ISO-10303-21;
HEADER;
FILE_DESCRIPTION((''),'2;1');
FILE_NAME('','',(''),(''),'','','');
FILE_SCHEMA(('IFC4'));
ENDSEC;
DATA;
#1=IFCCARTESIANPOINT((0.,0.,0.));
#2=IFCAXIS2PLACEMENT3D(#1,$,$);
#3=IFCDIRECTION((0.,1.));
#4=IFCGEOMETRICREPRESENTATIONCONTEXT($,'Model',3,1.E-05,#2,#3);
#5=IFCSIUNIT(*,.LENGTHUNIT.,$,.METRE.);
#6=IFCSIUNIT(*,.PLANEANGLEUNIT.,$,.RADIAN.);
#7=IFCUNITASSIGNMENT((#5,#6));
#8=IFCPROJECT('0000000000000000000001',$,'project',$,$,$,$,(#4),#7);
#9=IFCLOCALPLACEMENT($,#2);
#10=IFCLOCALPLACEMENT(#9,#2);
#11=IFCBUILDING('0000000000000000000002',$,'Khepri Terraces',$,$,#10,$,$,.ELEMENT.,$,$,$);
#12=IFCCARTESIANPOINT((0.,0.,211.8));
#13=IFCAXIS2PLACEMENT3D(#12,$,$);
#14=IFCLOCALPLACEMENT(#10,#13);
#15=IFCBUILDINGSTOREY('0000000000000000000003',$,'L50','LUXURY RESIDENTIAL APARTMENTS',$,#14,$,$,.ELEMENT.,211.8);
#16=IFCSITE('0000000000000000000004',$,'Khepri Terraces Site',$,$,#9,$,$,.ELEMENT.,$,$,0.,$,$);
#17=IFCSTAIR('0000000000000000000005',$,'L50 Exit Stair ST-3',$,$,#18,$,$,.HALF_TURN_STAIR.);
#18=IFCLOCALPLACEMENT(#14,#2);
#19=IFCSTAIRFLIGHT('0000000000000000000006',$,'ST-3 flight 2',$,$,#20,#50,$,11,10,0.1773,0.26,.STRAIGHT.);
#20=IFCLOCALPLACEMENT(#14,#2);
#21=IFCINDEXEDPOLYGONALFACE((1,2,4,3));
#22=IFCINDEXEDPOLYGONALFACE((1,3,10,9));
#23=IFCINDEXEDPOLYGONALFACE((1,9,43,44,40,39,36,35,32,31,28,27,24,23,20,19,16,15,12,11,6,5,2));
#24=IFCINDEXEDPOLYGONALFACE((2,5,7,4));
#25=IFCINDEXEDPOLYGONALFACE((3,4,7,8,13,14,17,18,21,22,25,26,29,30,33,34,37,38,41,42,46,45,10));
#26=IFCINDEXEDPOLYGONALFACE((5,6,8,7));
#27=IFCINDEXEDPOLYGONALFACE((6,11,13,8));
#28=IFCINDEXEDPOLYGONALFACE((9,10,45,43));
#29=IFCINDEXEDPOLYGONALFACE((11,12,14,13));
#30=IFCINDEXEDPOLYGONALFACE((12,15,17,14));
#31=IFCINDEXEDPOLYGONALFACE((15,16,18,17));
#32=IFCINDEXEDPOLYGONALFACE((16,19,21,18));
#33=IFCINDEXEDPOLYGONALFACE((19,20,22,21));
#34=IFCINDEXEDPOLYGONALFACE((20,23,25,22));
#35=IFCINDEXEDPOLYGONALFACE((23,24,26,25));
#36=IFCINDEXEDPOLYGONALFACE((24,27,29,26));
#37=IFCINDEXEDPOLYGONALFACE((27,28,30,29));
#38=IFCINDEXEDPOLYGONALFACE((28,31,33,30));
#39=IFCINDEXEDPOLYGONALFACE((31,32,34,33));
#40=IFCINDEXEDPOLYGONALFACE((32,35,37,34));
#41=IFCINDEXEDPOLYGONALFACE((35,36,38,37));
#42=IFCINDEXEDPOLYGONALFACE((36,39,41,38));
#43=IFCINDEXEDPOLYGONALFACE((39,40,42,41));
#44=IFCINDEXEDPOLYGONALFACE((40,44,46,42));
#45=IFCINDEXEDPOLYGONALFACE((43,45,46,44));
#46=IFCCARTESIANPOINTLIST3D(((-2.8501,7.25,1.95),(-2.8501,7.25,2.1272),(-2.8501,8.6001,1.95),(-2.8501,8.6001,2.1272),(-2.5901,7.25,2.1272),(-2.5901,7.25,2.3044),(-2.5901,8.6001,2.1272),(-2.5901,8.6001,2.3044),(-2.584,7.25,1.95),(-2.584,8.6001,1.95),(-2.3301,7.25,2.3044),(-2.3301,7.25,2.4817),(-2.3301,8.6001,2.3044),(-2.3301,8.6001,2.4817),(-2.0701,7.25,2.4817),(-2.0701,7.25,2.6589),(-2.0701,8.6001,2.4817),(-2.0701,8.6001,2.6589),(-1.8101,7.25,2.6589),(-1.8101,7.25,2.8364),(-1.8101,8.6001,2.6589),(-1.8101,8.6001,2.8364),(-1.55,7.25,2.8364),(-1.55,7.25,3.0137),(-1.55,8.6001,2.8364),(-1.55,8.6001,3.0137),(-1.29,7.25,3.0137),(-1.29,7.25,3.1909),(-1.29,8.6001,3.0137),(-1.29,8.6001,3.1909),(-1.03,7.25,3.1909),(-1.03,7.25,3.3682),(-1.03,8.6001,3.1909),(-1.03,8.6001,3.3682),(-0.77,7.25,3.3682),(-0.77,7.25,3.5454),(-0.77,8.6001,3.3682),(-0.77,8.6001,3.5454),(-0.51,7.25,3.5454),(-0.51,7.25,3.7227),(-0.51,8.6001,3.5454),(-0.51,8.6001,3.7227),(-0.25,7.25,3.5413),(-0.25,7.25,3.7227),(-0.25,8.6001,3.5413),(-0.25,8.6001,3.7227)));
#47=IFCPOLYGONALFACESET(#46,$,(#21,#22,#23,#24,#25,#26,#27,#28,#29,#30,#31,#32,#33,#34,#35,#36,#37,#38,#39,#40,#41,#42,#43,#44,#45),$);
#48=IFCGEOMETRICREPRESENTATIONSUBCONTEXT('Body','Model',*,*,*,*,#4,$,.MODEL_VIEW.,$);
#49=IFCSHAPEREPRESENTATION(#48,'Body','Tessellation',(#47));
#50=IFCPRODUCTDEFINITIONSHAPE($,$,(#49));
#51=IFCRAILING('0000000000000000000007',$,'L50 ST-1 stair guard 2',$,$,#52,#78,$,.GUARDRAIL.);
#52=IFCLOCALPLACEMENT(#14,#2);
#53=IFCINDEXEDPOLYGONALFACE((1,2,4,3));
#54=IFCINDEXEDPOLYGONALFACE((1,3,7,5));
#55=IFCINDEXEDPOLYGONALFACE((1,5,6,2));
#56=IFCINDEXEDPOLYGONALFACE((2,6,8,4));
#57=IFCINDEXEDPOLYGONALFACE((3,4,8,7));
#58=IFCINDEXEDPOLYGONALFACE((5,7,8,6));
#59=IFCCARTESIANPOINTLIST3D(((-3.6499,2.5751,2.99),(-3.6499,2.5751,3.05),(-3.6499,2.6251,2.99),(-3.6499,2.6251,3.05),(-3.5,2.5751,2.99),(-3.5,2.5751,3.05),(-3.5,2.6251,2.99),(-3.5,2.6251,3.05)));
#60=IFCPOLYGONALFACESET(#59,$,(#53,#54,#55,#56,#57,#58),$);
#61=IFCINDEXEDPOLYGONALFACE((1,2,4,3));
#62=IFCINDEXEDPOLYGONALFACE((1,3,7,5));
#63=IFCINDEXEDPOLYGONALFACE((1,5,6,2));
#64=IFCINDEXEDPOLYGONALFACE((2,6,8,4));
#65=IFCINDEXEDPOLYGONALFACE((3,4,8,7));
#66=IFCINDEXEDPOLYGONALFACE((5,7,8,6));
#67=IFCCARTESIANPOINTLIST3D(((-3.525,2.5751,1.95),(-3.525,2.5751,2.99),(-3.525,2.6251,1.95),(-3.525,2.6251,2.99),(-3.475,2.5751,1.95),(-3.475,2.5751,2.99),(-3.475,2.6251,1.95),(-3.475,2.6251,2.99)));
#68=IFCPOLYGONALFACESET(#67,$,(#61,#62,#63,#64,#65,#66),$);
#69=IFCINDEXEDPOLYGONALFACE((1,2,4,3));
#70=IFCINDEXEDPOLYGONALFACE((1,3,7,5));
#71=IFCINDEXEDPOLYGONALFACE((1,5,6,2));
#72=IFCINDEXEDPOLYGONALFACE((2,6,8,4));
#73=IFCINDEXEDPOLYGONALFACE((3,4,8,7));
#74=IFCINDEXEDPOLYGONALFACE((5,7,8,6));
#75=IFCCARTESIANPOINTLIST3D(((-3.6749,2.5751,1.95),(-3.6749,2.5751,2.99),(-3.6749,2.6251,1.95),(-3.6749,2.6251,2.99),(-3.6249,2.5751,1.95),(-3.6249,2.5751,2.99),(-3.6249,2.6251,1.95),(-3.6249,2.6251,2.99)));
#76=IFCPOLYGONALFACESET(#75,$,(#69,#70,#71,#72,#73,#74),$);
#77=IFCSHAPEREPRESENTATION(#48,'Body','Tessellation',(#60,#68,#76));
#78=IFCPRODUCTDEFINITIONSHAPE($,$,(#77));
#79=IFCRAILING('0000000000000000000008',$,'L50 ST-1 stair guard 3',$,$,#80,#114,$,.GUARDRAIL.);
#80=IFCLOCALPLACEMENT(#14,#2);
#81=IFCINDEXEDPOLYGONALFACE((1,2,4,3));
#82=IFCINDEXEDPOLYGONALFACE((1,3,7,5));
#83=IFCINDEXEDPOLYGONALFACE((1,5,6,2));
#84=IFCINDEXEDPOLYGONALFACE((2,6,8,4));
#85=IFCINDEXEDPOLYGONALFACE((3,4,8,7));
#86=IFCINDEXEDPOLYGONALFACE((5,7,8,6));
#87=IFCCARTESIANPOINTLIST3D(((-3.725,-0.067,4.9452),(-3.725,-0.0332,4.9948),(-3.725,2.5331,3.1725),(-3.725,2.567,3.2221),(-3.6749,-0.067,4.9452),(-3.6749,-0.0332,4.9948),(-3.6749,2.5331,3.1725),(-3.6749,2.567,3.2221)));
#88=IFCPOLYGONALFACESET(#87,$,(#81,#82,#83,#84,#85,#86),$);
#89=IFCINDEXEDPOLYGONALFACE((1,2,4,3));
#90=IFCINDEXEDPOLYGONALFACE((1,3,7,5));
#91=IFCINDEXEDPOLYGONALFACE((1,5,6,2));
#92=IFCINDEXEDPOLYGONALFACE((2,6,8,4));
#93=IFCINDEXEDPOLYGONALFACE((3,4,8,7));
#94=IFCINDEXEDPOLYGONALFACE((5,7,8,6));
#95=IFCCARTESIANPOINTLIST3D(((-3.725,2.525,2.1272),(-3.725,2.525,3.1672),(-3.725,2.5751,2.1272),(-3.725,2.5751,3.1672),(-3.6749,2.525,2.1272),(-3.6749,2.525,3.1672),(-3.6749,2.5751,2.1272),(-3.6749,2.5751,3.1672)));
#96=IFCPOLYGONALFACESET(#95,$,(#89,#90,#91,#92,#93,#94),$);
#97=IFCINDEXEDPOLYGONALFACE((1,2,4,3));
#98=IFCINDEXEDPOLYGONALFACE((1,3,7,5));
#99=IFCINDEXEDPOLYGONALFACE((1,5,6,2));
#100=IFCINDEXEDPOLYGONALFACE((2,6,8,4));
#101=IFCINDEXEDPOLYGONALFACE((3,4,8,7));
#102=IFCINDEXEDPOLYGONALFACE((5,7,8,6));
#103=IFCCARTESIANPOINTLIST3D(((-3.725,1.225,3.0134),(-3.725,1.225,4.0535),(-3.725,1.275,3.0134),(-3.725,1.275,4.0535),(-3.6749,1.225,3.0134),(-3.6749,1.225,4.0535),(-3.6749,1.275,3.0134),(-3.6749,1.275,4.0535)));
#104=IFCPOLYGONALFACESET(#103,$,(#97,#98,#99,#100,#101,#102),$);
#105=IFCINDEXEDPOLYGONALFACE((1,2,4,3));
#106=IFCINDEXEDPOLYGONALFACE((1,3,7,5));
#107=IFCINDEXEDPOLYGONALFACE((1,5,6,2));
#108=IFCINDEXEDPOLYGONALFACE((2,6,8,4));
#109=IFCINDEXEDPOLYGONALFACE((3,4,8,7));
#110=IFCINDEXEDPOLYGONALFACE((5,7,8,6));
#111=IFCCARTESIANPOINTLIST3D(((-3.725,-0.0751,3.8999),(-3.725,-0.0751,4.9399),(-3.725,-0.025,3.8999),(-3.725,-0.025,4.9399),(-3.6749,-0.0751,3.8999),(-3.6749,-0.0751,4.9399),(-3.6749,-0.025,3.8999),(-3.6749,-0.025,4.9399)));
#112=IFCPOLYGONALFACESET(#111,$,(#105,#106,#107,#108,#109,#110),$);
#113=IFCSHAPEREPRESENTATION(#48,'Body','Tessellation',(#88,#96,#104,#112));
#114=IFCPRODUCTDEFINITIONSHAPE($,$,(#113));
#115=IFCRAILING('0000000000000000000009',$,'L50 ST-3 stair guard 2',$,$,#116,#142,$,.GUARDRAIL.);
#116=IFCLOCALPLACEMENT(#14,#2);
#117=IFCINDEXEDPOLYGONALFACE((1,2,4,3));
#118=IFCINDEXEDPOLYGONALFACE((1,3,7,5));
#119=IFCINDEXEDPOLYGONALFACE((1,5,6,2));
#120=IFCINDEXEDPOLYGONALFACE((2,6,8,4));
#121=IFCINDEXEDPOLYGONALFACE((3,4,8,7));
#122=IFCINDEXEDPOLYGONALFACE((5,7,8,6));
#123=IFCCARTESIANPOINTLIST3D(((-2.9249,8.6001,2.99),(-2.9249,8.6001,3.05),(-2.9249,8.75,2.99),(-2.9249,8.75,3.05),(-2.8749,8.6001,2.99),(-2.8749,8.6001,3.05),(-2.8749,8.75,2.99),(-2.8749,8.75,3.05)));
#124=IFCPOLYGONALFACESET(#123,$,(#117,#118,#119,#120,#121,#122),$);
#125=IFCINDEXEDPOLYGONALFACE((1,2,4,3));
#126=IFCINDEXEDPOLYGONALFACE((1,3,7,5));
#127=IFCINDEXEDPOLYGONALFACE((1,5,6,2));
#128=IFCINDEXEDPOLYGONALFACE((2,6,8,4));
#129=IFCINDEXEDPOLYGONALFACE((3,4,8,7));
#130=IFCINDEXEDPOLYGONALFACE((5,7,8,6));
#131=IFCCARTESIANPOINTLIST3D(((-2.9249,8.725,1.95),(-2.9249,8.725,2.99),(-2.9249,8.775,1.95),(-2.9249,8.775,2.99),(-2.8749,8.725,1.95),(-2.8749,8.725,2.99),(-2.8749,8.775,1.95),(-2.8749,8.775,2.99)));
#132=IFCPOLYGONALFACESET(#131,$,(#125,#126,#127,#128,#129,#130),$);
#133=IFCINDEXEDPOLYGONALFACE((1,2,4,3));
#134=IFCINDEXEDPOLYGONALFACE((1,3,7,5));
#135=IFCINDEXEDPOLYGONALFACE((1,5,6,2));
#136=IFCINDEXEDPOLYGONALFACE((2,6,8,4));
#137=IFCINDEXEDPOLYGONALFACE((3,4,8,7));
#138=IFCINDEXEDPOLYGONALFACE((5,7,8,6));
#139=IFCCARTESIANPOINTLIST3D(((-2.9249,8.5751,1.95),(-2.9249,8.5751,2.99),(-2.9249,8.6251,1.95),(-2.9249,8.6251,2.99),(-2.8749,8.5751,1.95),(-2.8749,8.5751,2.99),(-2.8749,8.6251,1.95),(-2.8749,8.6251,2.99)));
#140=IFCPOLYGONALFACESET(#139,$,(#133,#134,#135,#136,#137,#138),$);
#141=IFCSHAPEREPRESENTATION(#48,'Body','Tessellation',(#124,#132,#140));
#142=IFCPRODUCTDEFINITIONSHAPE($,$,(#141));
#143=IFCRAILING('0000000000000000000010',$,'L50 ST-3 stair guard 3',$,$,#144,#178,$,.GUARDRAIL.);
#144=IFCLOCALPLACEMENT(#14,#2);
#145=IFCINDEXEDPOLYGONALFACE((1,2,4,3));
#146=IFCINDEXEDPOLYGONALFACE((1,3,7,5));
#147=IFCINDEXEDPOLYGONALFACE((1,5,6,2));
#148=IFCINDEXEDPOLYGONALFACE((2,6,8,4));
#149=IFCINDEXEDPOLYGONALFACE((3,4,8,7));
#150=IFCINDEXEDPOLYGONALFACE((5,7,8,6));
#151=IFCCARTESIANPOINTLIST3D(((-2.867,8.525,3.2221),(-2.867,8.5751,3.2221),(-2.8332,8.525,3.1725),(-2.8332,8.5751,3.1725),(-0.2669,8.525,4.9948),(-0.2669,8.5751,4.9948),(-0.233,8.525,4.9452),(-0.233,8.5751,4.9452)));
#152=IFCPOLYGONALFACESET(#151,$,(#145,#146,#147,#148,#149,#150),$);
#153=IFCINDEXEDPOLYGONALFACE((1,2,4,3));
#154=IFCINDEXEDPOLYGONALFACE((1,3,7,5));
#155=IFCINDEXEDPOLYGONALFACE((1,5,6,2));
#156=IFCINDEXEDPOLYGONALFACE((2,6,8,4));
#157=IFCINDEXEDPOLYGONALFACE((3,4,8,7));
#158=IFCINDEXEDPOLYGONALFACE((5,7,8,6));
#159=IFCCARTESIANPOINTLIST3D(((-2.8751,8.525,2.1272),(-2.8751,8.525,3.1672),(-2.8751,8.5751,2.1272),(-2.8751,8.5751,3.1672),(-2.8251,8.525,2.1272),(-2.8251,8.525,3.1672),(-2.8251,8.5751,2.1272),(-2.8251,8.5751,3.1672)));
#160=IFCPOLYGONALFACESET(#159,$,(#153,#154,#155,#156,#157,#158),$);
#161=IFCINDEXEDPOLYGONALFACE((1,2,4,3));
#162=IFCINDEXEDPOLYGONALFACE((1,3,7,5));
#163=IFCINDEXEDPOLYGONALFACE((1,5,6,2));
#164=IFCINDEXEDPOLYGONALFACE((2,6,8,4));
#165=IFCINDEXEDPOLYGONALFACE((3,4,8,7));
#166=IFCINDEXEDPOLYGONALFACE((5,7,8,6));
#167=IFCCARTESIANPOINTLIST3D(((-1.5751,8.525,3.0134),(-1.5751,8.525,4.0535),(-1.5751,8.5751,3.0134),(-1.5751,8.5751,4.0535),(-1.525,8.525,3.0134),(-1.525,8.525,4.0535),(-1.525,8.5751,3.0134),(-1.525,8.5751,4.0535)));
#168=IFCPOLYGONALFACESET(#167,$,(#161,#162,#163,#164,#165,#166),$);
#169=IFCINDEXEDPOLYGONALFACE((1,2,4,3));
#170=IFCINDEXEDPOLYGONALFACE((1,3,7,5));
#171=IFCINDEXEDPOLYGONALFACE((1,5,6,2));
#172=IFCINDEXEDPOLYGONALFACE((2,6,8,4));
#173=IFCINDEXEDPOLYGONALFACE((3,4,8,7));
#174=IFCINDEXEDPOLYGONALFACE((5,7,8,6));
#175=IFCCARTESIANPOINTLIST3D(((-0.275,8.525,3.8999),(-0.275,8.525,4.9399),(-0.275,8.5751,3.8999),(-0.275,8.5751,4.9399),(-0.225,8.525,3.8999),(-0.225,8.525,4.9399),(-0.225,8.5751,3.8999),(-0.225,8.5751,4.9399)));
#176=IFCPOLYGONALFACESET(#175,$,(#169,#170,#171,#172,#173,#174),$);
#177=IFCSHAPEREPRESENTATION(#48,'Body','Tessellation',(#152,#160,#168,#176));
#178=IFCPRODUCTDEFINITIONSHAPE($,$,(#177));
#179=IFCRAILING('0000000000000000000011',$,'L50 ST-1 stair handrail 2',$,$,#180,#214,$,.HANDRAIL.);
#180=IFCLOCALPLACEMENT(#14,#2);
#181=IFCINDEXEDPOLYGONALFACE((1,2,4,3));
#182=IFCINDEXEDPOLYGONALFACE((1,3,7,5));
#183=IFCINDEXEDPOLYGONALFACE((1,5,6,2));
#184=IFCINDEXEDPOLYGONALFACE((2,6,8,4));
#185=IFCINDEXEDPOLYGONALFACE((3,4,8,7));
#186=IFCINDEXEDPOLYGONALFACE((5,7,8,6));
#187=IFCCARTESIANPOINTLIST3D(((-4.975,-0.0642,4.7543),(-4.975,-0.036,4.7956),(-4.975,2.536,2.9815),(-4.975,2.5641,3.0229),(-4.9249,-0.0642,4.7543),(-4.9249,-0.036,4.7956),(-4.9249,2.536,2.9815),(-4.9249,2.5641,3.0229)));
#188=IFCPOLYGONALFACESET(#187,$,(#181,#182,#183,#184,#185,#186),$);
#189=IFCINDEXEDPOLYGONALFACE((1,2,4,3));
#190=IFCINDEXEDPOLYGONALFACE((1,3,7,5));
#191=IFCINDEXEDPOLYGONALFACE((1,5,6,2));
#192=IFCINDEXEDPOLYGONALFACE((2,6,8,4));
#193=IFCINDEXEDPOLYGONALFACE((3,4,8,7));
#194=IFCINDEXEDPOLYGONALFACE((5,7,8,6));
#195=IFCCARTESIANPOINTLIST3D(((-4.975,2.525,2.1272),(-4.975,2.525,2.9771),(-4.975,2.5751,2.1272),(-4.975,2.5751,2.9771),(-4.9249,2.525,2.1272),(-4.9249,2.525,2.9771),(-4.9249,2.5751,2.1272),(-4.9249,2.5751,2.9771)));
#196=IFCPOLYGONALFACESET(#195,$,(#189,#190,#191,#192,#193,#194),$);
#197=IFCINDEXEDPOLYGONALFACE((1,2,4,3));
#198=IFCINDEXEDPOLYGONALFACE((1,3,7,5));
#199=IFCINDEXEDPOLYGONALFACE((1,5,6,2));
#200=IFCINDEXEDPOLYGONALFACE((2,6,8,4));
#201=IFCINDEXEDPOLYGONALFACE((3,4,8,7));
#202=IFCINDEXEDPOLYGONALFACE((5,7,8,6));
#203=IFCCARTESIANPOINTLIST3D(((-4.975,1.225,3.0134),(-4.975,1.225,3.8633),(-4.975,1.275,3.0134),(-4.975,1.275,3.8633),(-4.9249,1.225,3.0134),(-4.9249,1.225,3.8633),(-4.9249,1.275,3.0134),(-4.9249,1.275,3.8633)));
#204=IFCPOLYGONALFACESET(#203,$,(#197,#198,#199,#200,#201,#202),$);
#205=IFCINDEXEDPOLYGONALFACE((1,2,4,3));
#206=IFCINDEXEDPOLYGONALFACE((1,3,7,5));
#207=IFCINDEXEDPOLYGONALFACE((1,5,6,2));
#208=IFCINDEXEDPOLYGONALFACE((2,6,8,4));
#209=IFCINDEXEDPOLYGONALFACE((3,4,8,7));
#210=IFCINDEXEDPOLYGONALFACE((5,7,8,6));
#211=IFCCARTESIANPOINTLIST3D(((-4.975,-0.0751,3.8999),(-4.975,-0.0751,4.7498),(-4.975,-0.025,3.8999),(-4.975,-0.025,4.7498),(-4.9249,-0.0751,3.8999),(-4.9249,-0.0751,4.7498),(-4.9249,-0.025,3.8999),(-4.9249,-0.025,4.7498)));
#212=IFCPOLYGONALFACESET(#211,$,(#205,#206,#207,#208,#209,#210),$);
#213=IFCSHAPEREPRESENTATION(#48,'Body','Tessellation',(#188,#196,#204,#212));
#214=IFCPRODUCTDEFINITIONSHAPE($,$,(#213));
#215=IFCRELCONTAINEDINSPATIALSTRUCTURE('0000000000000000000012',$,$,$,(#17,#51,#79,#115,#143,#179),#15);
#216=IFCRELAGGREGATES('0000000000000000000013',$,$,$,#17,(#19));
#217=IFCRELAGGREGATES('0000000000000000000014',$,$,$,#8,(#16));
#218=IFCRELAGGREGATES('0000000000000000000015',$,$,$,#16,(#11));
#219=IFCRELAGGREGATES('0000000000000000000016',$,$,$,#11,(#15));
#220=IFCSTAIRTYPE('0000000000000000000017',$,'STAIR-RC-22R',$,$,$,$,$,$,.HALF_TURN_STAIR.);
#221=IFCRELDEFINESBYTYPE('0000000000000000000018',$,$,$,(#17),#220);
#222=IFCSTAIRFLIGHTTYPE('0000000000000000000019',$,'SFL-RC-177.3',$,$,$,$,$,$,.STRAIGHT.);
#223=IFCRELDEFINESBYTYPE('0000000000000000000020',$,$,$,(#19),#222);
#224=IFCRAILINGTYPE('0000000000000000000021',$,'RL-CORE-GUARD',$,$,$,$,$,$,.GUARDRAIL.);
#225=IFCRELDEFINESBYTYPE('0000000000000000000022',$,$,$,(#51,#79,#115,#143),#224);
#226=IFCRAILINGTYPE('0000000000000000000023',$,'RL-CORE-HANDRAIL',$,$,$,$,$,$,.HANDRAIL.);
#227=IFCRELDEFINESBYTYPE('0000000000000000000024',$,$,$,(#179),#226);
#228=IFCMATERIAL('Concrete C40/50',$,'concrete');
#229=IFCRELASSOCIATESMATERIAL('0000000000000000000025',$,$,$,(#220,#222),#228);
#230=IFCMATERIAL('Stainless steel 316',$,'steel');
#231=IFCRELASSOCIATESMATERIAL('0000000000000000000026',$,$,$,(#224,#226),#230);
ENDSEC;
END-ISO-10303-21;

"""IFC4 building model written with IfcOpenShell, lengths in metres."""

from ifc_helpers import new_model, si_unit, direction, frame, origin, origin_2d, place, context, subcontext, project, spatial, polyline, rectangle, outline, extrude, material, type_object, element, aggregate, save


model = new_model("IFC4")

# Units and contexts
model_context = context("Model", 3, precision=1e-05, world=origin(), true_north=direction((0.0, 1.0)))
body_context = subcontext(model_context, "Body", "Model", "MODEL_VIEW")
ifc_project = project(units=[si_unit("LENGTHUNIT", "METRE"), si_unit("PLANEANGLEUNIT", "RADIAN")], contexts=[model_context])

# Site, building, storey
site_placement = place(None, origin())
site = spatial("IfcSite", under=ifc_project, at=site_placement, Name="Khepri Terraces Site", CompositionType="ELEMENT", RefElevation=0.0)
building_placement = place(site_placement, origin())
building = spatial("IfcBuilding", under=site, at=building_placement, Name="Khepri Terraces", CompositionType="ELEMENT")
storey_placement = place(building_placement, frame((0.0, 0.0, 211.8)))
storey = spatial("IfcBuildingStorey", under=building, at=storey_placement, Name="L50", Description="LUXURY RESIDENTIAL APARTMENTS", CompositionType="ELEMENT", Elevation=211.8)

# Stair, stair flight
ifc_material_1 = material(Name="Concrete C40/50", Category="concrete")
stair_type = type_object("IfcStairType", Name="STAIR-RC-22R", PredefinedType="HALF_TURN_STAIR", material=ifc_material_1)
stair_flight_type = type_object("IfcStairFlightType", Name="SFL-RC-177.3", PredefinedType="STRAIGHT", material=ifc_material_1)
stair_1_placement = place(storey_placement, origin())
stair_1 = element("IfcStair", 1, at=stair_1_placement, inside=storey, type_object=stair_type, Name="L50 Exit Stair ST-3", PredefinedType="HALF_TURN_STAIR")
stair_flight_1_placement = place(storey_placement, frame((-2.8501, 7.925, 1.95), z_axis=(0.0, 0.0, 1.0), x_axis=(1.0, 0.0, 0.0)))
stair_flight_1 = element("IfcStairFlight", 2, at=stair_flight_1_placement, type_object=stair_flight_type, Name="ST-3 flight 2", NumberOfRisers=11, NumberOfTreads=10, PredefinedType="STRAIGHT", RiserHeight=0.1773, TreadLength=0.26, context=body_context, shape_type="SweptSolid", body=[
    extrude(outline(polyline([(0.0, 0.0), (0.0, 0.1772), (0.26, 0.1772), (0.26, 0.3545), (0.52, 0.3545), (0.52, 0.5317), (0.78, 0.5317), (0.78, 0.709), (1.04, 0.709), (1.04, 0.8865), (1.3, 0.8865), (1.3, 1.0637), (1.5601, 1.0637), (1.5601, 1.241), (1.8201, 1.241), (1.8201, 1.4182), (2.0801, 1.4182), (2.0801, 1.5955), (2.3401, 1.5955), (2.3401, 1.7727), (2.6001, 1.7727), (2.6001, 1.95), (2.6001, 1.5913), (0.2661, 0.0), (0.0, 0.0)])), frame((0.0, 0.675, 0.0), z_axis=(0.0, -1.0, 0.0), x_axis=(1.0, 0.0, 0.0)), (0.0, 0.0, 1.0), 1.3501),
])
aggregate(stair_1, [stair_flight_1])

# Railings
ifc_material_2 = material(Name="Stainless steel 316", Category="steel")
railing_type_1 = type_object("IfcRailingType", Name="RL-CORE-GUARD", PredefinedType="GUARDRAIL", material=ifc_material_2)
railing_1_placement = place(storey_placement, frame((-3.5, 2.6001, 1.95)))
element("IfcRailing", 3, at=railing_1_placement, inside=storey, type_object=railing_type_1, Name="L50 ST-1 stair guard 2", PredefinedType="GUARDRAIL", context=body_context, shape_type="SweptSolid", body=[
    extrude(rectangle(XDim=0.05, YDim=0.0601, at=origin_2d()), frame((0.0, 0.0, 1.0701), z_axis=(-1.0, 0.0, 0.0), x_axis=(0.0, -1.0, 0.0)), (0.0, 0.0, 1.0), 0.1499),
    extrude(rectangle(XDim=0.05, YDim=0.05, at=origin_2d()), origin(), (0.0, 0.0, 1.0), 1.04),
    extrude(rectangle(XDim=0.05, YDim=0.05, at=origin_2d()), frame((-0.1499, 0.0, 0.0)), (0.0, 0.0, 1.0), 1.04),
])
railing_2_placement = place(storey_placement, frame((-3.7, 2.55, 2.1272)))
element("IfcRailing", 4, at=railing_2_placement, inside=storey, type_object=railing_type_1, Name="L50 ST-1 stair guard 3", PredefinedType="GUARDRAIL", context=body_context, shape_type="SweptSolid", body=[
    extrude(rectangle(XDim=0.05, YDim=0.0601, at=origin_2d()), frame((0.0, 0.0, 1.0701), z_axis=(0.0, -0.82624, 0.563318), x_axis=(1.0, 0.0, 0.0)), (0.0, 0.0, 1.0), 3.147),
    extrude(rectangle(XDim=0.05, YDim=0.05, at=origin_2d()), origin(), (0.0, 0.0, 1.0), 1.04),
    extrude(rectangle(XDim=0.05, YDim=0.05, at=origin_2d()), frame((0.0, -1.3, 0.8862)), (0.0, 0.0, 1.0), 1.04),
    extrude(rectangle(XDim=0.05, YDim=0.05, at=origin_2d()), frame((0.0, -2.6001, 1.7727)), (0.0, 0.0, 1.0), 1.04),
])
railing_3_placement = place(storey_placement, frame((-2.8999, 8.75, 1.95)))
element("IfcRailing", 5, at=railing_3_placement, inside=storey, type_object=railing_type_1, Name="L50 ST-3 stair guard 2", PredefinedType="GUARDRAIL", context=body_context, shape_type="SweptSolid", body=[
    extrude(rectangle(XDim=0.05, YDim=0.0601, at=origin_2d()), frame((0.0, 0.0, 1.0701), z_axis=(0.0, -1.0, 0.0), x_axis=(1.0, 0.0, 0.0)), (0.0, 0.0, 1.0), 0.1499),
    extrude(rectangle(XDim=0.05, YDim=0.05, at=origin_2d()), origin(), (0.0, 0.0, 1.0), 1.04),
    extrude(rectangle(XDim=0.05, YDim=0.05, at=origin_2d()), frame((0.0, -0.1499, 0.0)), (0.0, 0.0, 1.0), 1.04),
])
railing_4_placement = place(storey_placement, frame((-2.8501, 8.55, 2.1272)))
element("IfcRailing", 6, at=railing_4_placement, inside=storey, type_object=railing_type_1, Name="L50 ST-3 stair guard 3", PredefinedType="GUARDRAIL", context=body_context, shape_type="SweptSolid", body=[
    extrude(rectangle(XDim=0.05, YDim=0.0601, at=origin_2d()), frame((0.0, 0.0, 1.0701), z_axis=(0.82624, 0.0, 0.563318), x_axis=(0.0, 1.0, 0.0)), (0.0, 0.0, 1.0), 3.147),
    extrude(rectangle(XDim=0.05, YDim=0.05, at=origin_2d()), origin(), (0.0, 0.0, 1.0), 1.04),
    extrude(rectangle(XDim=0.05, YDim=0.05, at=origin_2d()), frame((1.3, 0.0, 0.8862)), (0.0, 0.0, 1.0), 1.04),
    extrude(rectangle(XDim=0.05, YDim=0.05, at=origin_2d()), frame((2.6001, 0.0, 1.7727)), (0.0, 0.0, 1.0), 1.04),
])
railing_type_2 = type_object("IfcRailingType", Name="RL-CORE-HANDRAIL", PredefinedType="HANDRAIL", material=ifc_material_2)
railing_5_placement = place(storey_placement, frame((-4.95, 2.55, 2.1272)))
element("IfcRailing", 7, at=railing_5_placement, inside=storey, type_object=railing_type_2, Name="L50 ST-1 stair handrail 2", PredefinedType="HANDRAIL", context=body_context, shape_type="SweptSolid", body=[
    extrude(rectangle(XDim=0.05, YDim=0.05, at=origin_2d()), frame((0.0, 0.0, 0.875), z_axis=(0.0, -0.82624, 0.563318), x_axis=(1.0, 0.0, 0.0)), (0.0, 0.0, 1.0), 3.147),
    extrude(rectangle(XDim=0.05, YDim=0.05, at=origin_2d()), origin(), (0.0, 0.0, 1.0), 0.8499),
    extrude(rectangle(XDim=0.05, YDim=0.05, at=origin_2d()), frame((0.0, -1.3, 0.8862)), (0.0, 0.0, 1.0), 0.8499),
    extrude(rectangle(XDim=0.05, YDim=0.05, at=origin_2d()), frame((0.0, -2.6001, 1.7727)), (0.0, 0.0, 1.0), 0.8499),
])

save(model, "model.ifc")
